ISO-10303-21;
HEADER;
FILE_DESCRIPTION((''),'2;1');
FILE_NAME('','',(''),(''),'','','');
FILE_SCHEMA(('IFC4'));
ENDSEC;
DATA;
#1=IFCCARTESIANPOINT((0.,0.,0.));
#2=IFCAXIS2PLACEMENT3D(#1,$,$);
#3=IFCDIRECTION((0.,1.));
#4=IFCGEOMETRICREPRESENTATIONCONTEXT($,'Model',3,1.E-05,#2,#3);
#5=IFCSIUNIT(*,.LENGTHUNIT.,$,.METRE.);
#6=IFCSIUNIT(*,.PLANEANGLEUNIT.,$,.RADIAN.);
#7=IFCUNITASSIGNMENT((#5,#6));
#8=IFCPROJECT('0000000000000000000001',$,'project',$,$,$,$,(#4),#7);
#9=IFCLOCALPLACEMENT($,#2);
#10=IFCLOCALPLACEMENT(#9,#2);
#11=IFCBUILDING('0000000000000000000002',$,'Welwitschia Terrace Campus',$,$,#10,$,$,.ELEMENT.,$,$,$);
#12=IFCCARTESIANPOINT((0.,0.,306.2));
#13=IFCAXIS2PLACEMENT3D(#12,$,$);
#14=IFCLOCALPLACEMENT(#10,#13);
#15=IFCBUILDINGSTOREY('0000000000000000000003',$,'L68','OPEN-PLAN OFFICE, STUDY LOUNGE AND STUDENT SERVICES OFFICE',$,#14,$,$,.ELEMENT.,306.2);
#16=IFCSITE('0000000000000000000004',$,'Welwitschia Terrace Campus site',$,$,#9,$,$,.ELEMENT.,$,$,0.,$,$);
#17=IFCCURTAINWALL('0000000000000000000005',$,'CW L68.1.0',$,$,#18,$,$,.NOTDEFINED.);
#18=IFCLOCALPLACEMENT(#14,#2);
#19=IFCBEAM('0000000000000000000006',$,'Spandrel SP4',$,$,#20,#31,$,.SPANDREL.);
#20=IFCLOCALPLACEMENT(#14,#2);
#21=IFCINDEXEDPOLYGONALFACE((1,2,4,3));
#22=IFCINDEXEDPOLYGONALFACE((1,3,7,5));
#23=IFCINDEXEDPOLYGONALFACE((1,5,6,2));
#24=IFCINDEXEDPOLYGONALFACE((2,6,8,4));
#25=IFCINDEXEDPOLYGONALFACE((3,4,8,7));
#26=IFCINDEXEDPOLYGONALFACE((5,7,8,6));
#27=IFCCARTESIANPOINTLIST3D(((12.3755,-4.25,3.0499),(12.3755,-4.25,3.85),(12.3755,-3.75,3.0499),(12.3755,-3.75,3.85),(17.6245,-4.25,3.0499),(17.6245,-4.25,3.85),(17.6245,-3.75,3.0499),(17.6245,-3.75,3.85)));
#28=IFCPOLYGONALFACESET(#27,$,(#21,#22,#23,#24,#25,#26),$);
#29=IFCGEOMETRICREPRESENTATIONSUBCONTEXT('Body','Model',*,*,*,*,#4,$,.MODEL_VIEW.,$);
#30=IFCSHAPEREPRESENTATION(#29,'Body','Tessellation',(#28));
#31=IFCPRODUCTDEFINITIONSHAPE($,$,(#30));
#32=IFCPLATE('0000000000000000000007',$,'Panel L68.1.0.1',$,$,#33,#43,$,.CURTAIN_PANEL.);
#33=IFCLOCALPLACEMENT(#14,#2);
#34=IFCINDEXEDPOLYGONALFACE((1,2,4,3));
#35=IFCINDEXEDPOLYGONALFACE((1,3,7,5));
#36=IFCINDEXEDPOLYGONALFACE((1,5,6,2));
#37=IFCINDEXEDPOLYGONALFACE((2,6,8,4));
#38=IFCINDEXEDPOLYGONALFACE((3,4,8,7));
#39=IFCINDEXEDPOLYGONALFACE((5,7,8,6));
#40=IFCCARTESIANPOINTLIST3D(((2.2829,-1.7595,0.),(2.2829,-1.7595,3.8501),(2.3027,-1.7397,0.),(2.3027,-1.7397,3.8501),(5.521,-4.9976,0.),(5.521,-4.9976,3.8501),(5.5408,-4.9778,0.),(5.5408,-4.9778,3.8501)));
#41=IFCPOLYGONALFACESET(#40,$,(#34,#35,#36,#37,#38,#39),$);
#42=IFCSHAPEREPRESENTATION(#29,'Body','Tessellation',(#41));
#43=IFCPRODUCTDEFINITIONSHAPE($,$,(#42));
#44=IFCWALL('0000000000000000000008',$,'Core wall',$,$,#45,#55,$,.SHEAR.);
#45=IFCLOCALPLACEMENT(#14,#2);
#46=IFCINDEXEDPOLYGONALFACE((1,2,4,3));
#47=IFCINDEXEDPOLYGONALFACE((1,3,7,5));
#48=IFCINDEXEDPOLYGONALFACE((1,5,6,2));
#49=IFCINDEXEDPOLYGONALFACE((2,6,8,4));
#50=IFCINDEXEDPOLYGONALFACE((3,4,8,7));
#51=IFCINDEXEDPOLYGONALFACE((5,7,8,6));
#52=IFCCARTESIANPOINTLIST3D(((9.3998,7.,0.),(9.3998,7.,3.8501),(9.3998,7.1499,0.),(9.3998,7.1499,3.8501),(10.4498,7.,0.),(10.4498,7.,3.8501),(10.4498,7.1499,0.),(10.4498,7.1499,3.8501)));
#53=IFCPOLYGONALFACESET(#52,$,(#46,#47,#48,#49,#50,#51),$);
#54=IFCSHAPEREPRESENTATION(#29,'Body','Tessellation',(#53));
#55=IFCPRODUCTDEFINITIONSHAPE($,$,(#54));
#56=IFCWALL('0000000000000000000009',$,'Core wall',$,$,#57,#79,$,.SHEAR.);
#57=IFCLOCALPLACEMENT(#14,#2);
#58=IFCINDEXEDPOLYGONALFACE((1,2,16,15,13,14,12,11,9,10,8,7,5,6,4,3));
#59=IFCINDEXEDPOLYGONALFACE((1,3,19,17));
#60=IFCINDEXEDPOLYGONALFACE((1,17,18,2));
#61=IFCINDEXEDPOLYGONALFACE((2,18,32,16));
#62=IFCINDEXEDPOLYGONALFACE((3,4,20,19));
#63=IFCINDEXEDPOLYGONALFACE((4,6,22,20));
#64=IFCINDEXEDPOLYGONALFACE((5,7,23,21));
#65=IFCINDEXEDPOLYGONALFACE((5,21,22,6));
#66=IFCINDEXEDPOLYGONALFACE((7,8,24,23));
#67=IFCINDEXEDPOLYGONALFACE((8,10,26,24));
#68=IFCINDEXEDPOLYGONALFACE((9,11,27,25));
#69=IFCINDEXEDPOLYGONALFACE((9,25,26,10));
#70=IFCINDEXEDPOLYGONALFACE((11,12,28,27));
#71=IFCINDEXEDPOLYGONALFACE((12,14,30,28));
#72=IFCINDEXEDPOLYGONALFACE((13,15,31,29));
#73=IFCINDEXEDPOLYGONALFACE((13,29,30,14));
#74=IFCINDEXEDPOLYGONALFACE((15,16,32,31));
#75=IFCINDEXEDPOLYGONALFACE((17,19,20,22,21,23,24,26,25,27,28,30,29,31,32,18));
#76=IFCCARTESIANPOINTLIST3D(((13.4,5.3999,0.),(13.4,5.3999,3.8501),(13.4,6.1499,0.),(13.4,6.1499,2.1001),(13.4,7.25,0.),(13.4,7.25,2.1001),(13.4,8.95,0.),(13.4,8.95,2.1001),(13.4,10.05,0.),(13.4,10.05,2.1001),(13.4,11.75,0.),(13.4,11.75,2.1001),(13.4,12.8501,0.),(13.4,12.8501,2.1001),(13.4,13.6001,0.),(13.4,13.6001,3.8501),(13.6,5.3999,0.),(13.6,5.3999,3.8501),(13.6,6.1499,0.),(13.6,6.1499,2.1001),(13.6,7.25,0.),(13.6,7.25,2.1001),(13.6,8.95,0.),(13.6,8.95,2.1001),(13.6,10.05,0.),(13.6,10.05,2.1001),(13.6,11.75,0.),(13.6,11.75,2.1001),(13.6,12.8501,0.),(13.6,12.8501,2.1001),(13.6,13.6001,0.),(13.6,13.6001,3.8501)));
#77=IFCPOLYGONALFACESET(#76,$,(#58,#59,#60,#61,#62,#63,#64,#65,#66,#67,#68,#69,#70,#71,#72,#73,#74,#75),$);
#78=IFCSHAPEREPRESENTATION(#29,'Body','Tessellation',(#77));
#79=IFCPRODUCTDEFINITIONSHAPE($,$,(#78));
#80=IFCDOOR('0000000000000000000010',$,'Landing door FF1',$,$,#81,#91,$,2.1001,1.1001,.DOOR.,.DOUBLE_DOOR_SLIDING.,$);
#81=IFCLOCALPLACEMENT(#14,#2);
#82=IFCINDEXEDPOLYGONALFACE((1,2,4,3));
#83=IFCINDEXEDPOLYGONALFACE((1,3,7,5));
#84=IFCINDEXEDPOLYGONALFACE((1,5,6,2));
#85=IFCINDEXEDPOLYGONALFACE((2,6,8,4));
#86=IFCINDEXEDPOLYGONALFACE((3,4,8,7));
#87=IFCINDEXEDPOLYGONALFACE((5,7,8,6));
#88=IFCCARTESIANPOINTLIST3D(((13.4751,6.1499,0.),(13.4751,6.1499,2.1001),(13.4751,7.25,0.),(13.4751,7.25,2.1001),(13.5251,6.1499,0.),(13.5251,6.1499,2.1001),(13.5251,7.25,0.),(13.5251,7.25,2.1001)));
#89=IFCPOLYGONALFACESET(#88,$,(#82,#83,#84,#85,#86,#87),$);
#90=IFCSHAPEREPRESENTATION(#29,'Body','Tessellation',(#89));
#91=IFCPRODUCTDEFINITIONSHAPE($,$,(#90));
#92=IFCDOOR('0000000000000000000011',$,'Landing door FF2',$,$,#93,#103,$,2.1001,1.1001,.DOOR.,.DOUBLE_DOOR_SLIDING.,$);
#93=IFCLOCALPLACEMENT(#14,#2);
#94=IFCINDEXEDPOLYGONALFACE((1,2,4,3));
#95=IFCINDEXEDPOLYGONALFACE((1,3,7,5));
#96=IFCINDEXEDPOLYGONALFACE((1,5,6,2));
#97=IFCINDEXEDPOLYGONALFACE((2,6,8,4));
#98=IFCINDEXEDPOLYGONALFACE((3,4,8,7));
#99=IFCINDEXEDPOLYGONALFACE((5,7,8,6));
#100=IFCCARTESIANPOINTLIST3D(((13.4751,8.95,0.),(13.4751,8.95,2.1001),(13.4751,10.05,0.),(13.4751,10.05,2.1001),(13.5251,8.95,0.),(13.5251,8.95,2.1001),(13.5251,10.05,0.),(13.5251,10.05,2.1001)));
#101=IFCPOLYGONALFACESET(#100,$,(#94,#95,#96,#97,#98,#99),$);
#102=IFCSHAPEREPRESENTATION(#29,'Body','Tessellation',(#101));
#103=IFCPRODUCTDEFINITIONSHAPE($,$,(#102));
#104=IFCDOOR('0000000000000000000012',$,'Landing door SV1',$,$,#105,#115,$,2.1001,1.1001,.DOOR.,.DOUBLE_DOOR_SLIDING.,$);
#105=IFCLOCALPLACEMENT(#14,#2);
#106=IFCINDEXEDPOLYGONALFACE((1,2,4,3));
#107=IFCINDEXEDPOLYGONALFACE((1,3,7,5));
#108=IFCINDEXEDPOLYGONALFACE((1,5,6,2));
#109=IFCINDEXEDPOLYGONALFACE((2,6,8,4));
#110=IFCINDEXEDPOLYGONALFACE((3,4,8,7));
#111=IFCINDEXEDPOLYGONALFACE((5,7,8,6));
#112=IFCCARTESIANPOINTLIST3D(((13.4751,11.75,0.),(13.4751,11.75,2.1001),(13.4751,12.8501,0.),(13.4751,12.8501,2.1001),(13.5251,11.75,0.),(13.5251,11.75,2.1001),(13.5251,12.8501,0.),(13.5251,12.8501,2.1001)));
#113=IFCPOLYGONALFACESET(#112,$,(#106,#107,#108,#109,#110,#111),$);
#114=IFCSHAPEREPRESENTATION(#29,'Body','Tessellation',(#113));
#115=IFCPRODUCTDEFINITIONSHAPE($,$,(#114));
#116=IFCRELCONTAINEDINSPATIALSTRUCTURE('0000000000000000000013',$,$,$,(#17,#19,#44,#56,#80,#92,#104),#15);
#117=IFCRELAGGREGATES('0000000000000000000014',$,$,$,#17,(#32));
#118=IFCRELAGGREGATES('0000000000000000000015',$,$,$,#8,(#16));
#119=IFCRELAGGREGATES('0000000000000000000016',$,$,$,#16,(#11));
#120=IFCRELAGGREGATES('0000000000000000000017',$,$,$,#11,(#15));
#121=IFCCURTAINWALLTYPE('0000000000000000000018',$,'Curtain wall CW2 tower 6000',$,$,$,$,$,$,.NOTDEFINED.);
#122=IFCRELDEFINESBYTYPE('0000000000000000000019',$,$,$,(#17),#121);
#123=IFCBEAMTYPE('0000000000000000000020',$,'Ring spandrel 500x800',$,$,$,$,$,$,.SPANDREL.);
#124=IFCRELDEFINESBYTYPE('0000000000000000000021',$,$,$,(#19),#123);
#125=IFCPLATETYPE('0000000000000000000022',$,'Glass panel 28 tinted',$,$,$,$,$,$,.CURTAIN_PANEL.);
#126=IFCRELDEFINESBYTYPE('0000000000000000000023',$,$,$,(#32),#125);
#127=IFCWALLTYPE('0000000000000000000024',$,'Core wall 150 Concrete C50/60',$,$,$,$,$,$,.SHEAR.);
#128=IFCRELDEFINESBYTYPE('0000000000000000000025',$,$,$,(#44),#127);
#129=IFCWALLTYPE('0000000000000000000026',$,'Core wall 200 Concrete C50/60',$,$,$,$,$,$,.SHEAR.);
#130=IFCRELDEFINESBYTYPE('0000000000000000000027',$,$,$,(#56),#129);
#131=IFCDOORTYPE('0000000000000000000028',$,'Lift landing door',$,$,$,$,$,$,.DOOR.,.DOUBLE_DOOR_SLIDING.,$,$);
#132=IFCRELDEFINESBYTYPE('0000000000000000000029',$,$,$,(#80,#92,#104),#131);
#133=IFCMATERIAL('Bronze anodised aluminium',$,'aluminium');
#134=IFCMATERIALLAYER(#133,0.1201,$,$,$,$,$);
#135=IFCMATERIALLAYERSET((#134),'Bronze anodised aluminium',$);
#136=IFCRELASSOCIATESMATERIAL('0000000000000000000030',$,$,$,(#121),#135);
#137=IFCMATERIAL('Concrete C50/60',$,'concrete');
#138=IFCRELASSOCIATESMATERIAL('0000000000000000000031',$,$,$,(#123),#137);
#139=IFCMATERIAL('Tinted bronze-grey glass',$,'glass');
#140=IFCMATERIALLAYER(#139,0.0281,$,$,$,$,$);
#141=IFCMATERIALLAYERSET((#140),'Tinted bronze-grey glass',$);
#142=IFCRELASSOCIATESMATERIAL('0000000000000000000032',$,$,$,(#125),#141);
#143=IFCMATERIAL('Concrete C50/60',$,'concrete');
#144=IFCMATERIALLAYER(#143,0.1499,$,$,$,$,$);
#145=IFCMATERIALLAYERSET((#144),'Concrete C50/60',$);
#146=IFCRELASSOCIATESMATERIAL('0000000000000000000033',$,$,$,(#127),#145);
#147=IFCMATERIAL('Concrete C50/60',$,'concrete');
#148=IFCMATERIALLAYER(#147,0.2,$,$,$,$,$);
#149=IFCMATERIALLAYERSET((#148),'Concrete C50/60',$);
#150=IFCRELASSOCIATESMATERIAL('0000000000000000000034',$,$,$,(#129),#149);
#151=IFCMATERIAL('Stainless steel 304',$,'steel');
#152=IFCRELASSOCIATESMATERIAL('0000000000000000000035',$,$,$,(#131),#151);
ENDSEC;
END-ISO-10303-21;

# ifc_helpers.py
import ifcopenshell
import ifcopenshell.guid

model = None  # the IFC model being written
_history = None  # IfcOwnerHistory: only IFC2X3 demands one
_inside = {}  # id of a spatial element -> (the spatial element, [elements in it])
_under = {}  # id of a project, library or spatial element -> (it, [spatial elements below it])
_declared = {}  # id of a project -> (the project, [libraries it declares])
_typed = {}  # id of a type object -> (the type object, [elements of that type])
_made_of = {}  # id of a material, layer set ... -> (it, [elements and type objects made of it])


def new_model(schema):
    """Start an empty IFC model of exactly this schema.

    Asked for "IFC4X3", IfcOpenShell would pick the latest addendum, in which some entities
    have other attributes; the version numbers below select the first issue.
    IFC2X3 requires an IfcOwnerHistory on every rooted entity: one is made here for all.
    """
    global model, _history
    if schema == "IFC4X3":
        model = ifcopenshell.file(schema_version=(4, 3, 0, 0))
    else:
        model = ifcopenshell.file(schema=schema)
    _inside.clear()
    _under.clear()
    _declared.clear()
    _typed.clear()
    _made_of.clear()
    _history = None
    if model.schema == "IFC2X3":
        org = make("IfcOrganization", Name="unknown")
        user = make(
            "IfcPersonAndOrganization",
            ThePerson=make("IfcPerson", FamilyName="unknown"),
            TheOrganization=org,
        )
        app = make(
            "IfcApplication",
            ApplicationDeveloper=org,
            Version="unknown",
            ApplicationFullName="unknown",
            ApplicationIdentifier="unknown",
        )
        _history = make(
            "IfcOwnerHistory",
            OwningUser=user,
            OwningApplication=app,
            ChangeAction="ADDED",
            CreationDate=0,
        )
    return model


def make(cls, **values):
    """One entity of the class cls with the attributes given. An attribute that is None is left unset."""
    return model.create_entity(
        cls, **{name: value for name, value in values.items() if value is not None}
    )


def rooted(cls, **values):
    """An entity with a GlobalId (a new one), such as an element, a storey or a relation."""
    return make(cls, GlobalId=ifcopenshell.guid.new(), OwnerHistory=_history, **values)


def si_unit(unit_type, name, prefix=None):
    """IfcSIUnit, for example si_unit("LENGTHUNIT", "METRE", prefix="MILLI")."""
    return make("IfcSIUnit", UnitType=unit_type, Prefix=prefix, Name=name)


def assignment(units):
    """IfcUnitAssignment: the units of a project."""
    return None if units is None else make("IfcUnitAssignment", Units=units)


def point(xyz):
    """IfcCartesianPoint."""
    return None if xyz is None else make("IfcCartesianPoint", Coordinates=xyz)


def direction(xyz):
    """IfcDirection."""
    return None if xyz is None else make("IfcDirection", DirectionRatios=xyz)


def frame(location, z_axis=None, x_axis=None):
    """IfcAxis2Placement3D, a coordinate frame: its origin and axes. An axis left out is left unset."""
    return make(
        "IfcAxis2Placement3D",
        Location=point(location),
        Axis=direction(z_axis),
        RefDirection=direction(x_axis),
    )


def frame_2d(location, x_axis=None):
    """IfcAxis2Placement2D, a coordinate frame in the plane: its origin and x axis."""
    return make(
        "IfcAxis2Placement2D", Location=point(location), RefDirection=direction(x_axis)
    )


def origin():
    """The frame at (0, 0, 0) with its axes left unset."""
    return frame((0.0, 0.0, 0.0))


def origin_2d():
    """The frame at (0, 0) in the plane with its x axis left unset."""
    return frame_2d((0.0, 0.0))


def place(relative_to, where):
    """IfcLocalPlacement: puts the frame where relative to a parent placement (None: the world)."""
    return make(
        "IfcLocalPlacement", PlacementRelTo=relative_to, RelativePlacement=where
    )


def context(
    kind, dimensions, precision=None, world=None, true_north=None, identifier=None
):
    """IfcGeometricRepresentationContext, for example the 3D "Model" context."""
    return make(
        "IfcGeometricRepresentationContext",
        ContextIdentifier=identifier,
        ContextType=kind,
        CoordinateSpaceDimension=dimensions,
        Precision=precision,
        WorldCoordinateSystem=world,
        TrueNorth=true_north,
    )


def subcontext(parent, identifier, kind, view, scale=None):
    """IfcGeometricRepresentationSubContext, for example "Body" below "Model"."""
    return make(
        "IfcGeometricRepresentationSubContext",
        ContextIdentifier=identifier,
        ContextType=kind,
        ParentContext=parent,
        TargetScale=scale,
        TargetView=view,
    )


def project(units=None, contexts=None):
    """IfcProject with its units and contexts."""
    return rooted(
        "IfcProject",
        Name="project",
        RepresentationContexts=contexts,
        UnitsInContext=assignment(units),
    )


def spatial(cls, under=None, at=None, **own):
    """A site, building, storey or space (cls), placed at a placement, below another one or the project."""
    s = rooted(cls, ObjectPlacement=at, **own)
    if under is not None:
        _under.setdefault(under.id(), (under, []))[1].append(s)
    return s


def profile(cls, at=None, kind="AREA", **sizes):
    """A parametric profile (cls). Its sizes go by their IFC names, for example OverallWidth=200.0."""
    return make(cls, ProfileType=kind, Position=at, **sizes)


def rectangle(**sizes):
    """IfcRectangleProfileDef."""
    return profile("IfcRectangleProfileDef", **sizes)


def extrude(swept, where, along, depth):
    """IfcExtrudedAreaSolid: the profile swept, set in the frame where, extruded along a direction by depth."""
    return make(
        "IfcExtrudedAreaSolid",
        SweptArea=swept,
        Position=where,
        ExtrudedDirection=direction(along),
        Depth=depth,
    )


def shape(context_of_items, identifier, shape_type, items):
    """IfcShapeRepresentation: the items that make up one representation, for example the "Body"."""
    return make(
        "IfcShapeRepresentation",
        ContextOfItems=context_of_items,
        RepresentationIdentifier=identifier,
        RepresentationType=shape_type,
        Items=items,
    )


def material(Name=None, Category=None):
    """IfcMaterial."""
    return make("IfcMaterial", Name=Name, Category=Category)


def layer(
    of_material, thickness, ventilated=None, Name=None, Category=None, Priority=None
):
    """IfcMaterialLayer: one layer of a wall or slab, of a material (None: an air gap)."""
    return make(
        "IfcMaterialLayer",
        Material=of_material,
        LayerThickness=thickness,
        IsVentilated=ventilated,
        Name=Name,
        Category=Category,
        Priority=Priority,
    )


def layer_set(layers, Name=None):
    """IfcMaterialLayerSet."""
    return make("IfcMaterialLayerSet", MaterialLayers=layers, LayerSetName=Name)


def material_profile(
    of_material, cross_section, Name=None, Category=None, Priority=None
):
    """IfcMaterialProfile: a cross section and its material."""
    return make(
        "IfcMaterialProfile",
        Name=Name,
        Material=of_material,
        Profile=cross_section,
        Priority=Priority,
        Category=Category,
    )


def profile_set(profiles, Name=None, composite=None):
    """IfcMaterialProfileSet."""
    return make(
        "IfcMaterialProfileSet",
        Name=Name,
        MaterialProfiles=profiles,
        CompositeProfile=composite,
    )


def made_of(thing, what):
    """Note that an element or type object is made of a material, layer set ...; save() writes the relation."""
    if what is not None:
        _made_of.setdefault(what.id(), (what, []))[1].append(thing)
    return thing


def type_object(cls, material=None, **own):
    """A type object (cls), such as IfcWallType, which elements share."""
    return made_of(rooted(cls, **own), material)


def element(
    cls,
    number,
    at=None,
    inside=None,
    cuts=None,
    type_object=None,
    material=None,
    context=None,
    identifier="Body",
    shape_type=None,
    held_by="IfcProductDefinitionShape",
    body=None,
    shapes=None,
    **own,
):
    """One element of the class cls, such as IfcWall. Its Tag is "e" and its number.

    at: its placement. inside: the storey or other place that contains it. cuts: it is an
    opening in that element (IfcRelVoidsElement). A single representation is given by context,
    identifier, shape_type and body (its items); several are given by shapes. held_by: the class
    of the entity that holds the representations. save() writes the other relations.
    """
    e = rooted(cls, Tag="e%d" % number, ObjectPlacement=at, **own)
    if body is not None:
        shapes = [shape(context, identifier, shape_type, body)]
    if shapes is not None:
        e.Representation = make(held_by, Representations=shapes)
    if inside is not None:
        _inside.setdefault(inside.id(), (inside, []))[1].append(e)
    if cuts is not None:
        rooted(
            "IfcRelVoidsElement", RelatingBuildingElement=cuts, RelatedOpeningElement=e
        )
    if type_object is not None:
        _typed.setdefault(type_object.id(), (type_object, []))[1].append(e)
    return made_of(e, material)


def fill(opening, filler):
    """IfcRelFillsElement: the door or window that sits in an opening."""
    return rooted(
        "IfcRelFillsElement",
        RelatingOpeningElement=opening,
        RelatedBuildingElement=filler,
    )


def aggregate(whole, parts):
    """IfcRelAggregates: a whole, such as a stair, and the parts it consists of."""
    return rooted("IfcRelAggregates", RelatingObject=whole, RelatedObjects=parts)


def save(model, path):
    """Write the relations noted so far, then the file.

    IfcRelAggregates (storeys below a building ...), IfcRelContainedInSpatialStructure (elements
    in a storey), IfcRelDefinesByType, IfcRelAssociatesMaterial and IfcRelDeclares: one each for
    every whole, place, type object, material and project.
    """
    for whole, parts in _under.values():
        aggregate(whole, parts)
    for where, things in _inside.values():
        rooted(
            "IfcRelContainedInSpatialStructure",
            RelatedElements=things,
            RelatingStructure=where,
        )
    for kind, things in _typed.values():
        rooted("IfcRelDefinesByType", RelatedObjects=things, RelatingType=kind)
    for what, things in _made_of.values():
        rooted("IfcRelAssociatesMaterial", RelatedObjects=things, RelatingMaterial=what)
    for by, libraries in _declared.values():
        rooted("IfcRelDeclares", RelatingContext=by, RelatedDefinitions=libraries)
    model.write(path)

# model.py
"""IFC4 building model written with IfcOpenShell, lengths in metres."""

from ifc_helpers import new_model, si_unit, direction, frame, frame_2d, origin, origin_2d, place, context, subcontext, project, spatial, rectangle, extrude, material, layer, layer_set, material_profile, profile_set, type_object, element, fill, aggregate, save


model = new_model("IFC4")

# Units and contexts
model_context = context("Model", 3, precision=1e-05, world=origin(), true_north=direction((0.0, 1.0)))
body_context = subcontext(model_context, "Body", "Model", "MODEL_VIEW")
ifc_project = project(units=[si_unit("LENGTHUNIT", "METRE"), si_unit("PLANEANGLEUNIT", "RADIAN")], contexts=[model_context])

# Site, building, storey
site_placement = place(None, origin())
site = spatial("IfcSite", under=ifc_project, at=site_placement, Name="Welwitschia Terrace Campus site", CompositionType="ELEMENT", RefElevation=0.0)
building_placement = place(site_placement, origin())
building = spatial("IfcBuilding", under=site, at=building_placement, Name="Welwitschia Terrace Campus", CompositionType="ELEMENT")
storey_placement = place(building_placement, frame((0.0, 0.0, 306.2)))
storey = spatial("IfcBuildingStorey", under=building, at=storey_placement, Name="L68", Description="OPEN-PLAN OFFICE, STUDY LOUNGE AND STUDENT SERVICES OFFICE", CompositionType="ELEMENT", Elevation=306.2)

# Curtain wall
ifc_material_1 = material(Name="Bronze anodised aluminium", Category="aluminium")
ifc_layer_1 = layer(ifc_material_1, 0.1201)
ifc_layer_set_1 = layer_set([ifc_layer_1], Name="Bronze anodised aluminium")
curtain_wall_type = type_object("IfcCurtainWallType", Name="Curtain wall CW2 tower 6000", PredefinedType="NOTDEFINED", material=ifc_layer_set_1)
curtain_wall_placement = place(storey_placement, origin())
curtain_wall = element("IfcCurtainWall", 1, at=curtain_wall_placement, inside=storey, type_object=curtain_wall_type, Name="CW L68.1.0", PredefinedType="NOTDEFINED")

# Beam
ifc_material_2 = material(Name="Concrete C50/60", Category="concrete")
ifc_material_profile_1 = material_profile(ifc_material_2, rectangle(XDim=0.5, YDim=0.8, at=origin_2d()))
ifc_profile_set_1 = profile_set([ifc_material_profile_1], Name="Concrete C50/60")
beam_type_1 = type_object("IfcBeamType", Name="Ring spandrel 500x800", PredefinedType="SPANDREL", material=ifc_profile_set_1)
beam_1_placement = place(storey_placement, frame((12.3755, -4.0, 3.45), z_axis=(1.0, 0.0, 0.0), x_axis=(0.0, 1.0, 0.0)))
element("IfcBeam", 2, at=beam_1_placement, inside=storey, type_object=beam_type_1, Name="Spandrel SP4", PredefinedType="SPANDREL", context=body_context, shape_type="SweptSolid", body=[
    extrude(rectangle(XDim=0.5, YDim=0.8, at=origin_2d()), origin(), (0.0, 0.0, 1.0), 5.249),
])

# Plate
ifc_material_3 = material(Name="Tinted bronze-grey glass", Category="glass")
ifc_layer_2 = layer(ifc_material_3, 0.0281)
ifc_layer_set_2 = layer_set([ifc_layer_2], Name="Tinted bronze-grey glass")
plate_type = type_object("IfcPlateType", Name="Glass panel 28 tinted", PredefinedType="CURTAIN_PANEL", material=ifc_layer_set_2)
plate_placement = place(storey_placement, frame((3.9119, -3.3687, 0.0), z_axis=(0.0, 0.0, 1.0), x_axis=(0.707107, -0.707107, 0.0)))
plate = element("IfcPlate", 3, at=plate_placement, type_object=plate_type, Name="Panel L68.1.0.1", PredefinedType="CURTAIN_PANEL", context=body_context, shape_type="SweptSolid", body=[
    extrude(rectangle(XDim=4.5793, YDim=0.0281, at=origin_2d()), origin(), (0.0, 0.0, 1.0), 3.8501),
])
aggregate(curtain_wall, [plate])

# Wall
ifc_material_4 = material(Name="Concrete C50/60", Category="concrete")
ifc_layer_3 = layer(ifc_material_4, 0.1499)
ifc_layer_set_3 = layer_set([ifc_layer_3], Name="Concrete C50/60")
wall_type_1 = type_object("IfcWallType", Name="Core wall 150 Concrete C50/60", PredefinedType="SHEAR", material=ifc_layer_set_3)
wall_1_placement = place(storey_placement, frame((9.3999, 7.075, 0.0), z_axis=(0.0, 0.0, 1.0), x_axis=(1.0, 0.0, 0.0)))
element("IfcWall", 4, at=wall_1_placement, inside=storey, type_object=wall_type_1, Name="Core wall", PredefinedType="SHEAR", context=body_context, shape_type="SweptSolid", body=[
    extrude(rectangle(XDim=1.05, YDim=0.1499, at=frame_2d((0.5249, 0.0))), origin(), (0.0, 0.0, 1.0), 3.8501),
])

# Wall, openings, doors
ifc_material_5 = material(Name="Concrete C50/60", Category="concrete")
ifc_layer_4 = layer(ifc_material_5, 0.2)
ifc_layer_set_4 = layer_set([ifc_layer_4], Name="Concrete C50/60")
wall_type_2 = type_object("IfcWallType", Name="Core wall 200 Concrete C50/60", PredefinedType="SHEAR", material=ifc_layer_set_4)
wall_2_placement = place(storey_placement, frame((13.5, 5.3999, 0.0), z_axis=(0.0, 0.0, 1.0), x_axis=(0.0, 1.0, 0.0)))
wall_2 = element("IfcWall", 5, at=wall_2_placement, inside=storey, type_object=wall_type_2, Name="Core wall", PredefinedType="SHEAR", context=body_context, shape_type="SweptSolid", body=[
    extrude(rectangle(XDim=8.2002, YDim=0.2, at=frame_2d((4.1001, 0.0))), origin(), (0.0, 0.0, 1.0), 3.8501),
])
opening_1_placement = place(wall_2_placement, frame((0.75, 0.0, 0.0)))
opening_1 = element("IfcOpeningElement", 6, at=opening_1_placement, cuts=wall_2, PredefinedType="OPENING", context=body_context, shape_type="SweptSolid", body=[
    extrude(rectangle(XDim=1.1001, YDim=2.1001, at=frame_2d((0.55, 1.05))), frame((0.0, 0.1099, 0.0), z_axis=(0.0, -1.0, 0.0), x_axis=(1.0, 0.0, 0.0)), (0.0, 0.0, 1.0), 0.22),
])
opening_2_placement = place(wall_2_placement, frame((3.55, 0.0, 0.0)))
opening_2 = element("IfcOpeningElement", 7, at=opening_2_placement, cuts=wall_2, PredefinedType="OPENING", context=body_context, shape_type="SweptSolid", body=[
    extrude(rectangle(XDim=1.1001, YDim=2.1001, at=frame_2d((0.55, 1.05))), frame((0.0, 0.1099, 0.0), z_axis=(0.0, -1.0, 0.0), x_axis=(1.0, 0.0, 0.0)), (0.0, 0.0, 1.0), 0.22),
])
opening_3_placement = place(wall_2_placement, frame((6.3501, 0.0, 0.0)))
opening_3 = element("IfcOpeningElement", 8, at=opening_3_placement, cuts=wall_2, PredefinedType="OPENING", context=body_context, shape_type="SweptSolid", body=[
    extrude(rectangle(XDim=1.1001, YDim=2.1001, at=frame_2d((0.55, 1.05))), frame((0.0, 0.1099, 0.0), z_axis=(0.0, -1.0, 0.0), x_axis=(1.0, 0.0, 0.0)), (0.0, 0.0, 1.0), 0.22),
])
ifc_material_6 = material(Name="Stainless steel 304", Category="steel")
door_type_1 = type_object("IfcDoorType", Name="Lift landing door", OperationType="DOUBLE_DOOR_SLIDING", PredefinedType="DOOR", material=ifc_material_6)
door_1_placement = place(opening_1_placement, origin())
door_1 = element("IfcDoor", 9, at=door_1_placement, inside=storey, type_object=door_type_1, Name="Landing door FF1", OperationType="DOUBLE_DOOR_SLIDING", OverallHeight=2.1001, OverallWidth=1.1001, PredefinedType="DOOR", context=body_context, shape_type="SweptSolid", body=[
    extrude(rectangle(XDim=1.1001, YDim=2.1001, at=frame_2d((0.55, 1.05))), frame((0.0, 0.0249, 0.0), z_axis=(0.0, -1.0, 0.0), x_axis=(1.0, 0.0, 0.0)), (0.0, 0.0, 1.0), 0.05),
])
fill(opening_1, door_1)
door_2_placement = place(opening_2_placement, origin())
door_2 = element("IfcDoor", 10, at=door_2_placement, inside=storey, type_object=door_type_1, Name="Landing door FF2", OperationType="DOUBLE_DOOR_SLIDING", OverallHeight=2.1001, OverallWidth=1.1001, PredefinedType="DOOR", context=body_context, shape_type="SweptSolid", body=[
    extrude(rectangle(XDim=1.1001, YDim=2.1001, at=frame_2d((0.55, 1.05))), frame((0.0, 0.0249, 0.0), z_axis=(0.0, -1.0, 0.0), x_axis=(1.0, 0.0, 0.0)), (0.0, 0.0, 1.0), 0.05),
])
fill(opening_2, door_2)
door_3_placement = place(opening_3_placement, origin())
door_3 = element("IfcDoor", 11, at=door_3_placement, inside=storey, type_object=door_type_1, Name="Landing door SV1", OperationType="DOUBLE_DOOR_SLIDING", OverallHeight=2.1001, OverallWidth=1.1001, PredefinedType="DOOR", context=body_context, shape_type="SweptSolid", body=[
    extrude(rectangle(XDim=1.1001, YDim=2.1001, at=frame_2d((0.55, 1.05))), frame((0.0, 0.0249, 0.0), z_axis=(0.0, -1.0, 0.0), x_axis=(1.0, 0.0, 0.0)), (0.0, 0.0, 1.0), 0.05),
])
fill(opening_3, door_3)

save(model, "model.ifc")
